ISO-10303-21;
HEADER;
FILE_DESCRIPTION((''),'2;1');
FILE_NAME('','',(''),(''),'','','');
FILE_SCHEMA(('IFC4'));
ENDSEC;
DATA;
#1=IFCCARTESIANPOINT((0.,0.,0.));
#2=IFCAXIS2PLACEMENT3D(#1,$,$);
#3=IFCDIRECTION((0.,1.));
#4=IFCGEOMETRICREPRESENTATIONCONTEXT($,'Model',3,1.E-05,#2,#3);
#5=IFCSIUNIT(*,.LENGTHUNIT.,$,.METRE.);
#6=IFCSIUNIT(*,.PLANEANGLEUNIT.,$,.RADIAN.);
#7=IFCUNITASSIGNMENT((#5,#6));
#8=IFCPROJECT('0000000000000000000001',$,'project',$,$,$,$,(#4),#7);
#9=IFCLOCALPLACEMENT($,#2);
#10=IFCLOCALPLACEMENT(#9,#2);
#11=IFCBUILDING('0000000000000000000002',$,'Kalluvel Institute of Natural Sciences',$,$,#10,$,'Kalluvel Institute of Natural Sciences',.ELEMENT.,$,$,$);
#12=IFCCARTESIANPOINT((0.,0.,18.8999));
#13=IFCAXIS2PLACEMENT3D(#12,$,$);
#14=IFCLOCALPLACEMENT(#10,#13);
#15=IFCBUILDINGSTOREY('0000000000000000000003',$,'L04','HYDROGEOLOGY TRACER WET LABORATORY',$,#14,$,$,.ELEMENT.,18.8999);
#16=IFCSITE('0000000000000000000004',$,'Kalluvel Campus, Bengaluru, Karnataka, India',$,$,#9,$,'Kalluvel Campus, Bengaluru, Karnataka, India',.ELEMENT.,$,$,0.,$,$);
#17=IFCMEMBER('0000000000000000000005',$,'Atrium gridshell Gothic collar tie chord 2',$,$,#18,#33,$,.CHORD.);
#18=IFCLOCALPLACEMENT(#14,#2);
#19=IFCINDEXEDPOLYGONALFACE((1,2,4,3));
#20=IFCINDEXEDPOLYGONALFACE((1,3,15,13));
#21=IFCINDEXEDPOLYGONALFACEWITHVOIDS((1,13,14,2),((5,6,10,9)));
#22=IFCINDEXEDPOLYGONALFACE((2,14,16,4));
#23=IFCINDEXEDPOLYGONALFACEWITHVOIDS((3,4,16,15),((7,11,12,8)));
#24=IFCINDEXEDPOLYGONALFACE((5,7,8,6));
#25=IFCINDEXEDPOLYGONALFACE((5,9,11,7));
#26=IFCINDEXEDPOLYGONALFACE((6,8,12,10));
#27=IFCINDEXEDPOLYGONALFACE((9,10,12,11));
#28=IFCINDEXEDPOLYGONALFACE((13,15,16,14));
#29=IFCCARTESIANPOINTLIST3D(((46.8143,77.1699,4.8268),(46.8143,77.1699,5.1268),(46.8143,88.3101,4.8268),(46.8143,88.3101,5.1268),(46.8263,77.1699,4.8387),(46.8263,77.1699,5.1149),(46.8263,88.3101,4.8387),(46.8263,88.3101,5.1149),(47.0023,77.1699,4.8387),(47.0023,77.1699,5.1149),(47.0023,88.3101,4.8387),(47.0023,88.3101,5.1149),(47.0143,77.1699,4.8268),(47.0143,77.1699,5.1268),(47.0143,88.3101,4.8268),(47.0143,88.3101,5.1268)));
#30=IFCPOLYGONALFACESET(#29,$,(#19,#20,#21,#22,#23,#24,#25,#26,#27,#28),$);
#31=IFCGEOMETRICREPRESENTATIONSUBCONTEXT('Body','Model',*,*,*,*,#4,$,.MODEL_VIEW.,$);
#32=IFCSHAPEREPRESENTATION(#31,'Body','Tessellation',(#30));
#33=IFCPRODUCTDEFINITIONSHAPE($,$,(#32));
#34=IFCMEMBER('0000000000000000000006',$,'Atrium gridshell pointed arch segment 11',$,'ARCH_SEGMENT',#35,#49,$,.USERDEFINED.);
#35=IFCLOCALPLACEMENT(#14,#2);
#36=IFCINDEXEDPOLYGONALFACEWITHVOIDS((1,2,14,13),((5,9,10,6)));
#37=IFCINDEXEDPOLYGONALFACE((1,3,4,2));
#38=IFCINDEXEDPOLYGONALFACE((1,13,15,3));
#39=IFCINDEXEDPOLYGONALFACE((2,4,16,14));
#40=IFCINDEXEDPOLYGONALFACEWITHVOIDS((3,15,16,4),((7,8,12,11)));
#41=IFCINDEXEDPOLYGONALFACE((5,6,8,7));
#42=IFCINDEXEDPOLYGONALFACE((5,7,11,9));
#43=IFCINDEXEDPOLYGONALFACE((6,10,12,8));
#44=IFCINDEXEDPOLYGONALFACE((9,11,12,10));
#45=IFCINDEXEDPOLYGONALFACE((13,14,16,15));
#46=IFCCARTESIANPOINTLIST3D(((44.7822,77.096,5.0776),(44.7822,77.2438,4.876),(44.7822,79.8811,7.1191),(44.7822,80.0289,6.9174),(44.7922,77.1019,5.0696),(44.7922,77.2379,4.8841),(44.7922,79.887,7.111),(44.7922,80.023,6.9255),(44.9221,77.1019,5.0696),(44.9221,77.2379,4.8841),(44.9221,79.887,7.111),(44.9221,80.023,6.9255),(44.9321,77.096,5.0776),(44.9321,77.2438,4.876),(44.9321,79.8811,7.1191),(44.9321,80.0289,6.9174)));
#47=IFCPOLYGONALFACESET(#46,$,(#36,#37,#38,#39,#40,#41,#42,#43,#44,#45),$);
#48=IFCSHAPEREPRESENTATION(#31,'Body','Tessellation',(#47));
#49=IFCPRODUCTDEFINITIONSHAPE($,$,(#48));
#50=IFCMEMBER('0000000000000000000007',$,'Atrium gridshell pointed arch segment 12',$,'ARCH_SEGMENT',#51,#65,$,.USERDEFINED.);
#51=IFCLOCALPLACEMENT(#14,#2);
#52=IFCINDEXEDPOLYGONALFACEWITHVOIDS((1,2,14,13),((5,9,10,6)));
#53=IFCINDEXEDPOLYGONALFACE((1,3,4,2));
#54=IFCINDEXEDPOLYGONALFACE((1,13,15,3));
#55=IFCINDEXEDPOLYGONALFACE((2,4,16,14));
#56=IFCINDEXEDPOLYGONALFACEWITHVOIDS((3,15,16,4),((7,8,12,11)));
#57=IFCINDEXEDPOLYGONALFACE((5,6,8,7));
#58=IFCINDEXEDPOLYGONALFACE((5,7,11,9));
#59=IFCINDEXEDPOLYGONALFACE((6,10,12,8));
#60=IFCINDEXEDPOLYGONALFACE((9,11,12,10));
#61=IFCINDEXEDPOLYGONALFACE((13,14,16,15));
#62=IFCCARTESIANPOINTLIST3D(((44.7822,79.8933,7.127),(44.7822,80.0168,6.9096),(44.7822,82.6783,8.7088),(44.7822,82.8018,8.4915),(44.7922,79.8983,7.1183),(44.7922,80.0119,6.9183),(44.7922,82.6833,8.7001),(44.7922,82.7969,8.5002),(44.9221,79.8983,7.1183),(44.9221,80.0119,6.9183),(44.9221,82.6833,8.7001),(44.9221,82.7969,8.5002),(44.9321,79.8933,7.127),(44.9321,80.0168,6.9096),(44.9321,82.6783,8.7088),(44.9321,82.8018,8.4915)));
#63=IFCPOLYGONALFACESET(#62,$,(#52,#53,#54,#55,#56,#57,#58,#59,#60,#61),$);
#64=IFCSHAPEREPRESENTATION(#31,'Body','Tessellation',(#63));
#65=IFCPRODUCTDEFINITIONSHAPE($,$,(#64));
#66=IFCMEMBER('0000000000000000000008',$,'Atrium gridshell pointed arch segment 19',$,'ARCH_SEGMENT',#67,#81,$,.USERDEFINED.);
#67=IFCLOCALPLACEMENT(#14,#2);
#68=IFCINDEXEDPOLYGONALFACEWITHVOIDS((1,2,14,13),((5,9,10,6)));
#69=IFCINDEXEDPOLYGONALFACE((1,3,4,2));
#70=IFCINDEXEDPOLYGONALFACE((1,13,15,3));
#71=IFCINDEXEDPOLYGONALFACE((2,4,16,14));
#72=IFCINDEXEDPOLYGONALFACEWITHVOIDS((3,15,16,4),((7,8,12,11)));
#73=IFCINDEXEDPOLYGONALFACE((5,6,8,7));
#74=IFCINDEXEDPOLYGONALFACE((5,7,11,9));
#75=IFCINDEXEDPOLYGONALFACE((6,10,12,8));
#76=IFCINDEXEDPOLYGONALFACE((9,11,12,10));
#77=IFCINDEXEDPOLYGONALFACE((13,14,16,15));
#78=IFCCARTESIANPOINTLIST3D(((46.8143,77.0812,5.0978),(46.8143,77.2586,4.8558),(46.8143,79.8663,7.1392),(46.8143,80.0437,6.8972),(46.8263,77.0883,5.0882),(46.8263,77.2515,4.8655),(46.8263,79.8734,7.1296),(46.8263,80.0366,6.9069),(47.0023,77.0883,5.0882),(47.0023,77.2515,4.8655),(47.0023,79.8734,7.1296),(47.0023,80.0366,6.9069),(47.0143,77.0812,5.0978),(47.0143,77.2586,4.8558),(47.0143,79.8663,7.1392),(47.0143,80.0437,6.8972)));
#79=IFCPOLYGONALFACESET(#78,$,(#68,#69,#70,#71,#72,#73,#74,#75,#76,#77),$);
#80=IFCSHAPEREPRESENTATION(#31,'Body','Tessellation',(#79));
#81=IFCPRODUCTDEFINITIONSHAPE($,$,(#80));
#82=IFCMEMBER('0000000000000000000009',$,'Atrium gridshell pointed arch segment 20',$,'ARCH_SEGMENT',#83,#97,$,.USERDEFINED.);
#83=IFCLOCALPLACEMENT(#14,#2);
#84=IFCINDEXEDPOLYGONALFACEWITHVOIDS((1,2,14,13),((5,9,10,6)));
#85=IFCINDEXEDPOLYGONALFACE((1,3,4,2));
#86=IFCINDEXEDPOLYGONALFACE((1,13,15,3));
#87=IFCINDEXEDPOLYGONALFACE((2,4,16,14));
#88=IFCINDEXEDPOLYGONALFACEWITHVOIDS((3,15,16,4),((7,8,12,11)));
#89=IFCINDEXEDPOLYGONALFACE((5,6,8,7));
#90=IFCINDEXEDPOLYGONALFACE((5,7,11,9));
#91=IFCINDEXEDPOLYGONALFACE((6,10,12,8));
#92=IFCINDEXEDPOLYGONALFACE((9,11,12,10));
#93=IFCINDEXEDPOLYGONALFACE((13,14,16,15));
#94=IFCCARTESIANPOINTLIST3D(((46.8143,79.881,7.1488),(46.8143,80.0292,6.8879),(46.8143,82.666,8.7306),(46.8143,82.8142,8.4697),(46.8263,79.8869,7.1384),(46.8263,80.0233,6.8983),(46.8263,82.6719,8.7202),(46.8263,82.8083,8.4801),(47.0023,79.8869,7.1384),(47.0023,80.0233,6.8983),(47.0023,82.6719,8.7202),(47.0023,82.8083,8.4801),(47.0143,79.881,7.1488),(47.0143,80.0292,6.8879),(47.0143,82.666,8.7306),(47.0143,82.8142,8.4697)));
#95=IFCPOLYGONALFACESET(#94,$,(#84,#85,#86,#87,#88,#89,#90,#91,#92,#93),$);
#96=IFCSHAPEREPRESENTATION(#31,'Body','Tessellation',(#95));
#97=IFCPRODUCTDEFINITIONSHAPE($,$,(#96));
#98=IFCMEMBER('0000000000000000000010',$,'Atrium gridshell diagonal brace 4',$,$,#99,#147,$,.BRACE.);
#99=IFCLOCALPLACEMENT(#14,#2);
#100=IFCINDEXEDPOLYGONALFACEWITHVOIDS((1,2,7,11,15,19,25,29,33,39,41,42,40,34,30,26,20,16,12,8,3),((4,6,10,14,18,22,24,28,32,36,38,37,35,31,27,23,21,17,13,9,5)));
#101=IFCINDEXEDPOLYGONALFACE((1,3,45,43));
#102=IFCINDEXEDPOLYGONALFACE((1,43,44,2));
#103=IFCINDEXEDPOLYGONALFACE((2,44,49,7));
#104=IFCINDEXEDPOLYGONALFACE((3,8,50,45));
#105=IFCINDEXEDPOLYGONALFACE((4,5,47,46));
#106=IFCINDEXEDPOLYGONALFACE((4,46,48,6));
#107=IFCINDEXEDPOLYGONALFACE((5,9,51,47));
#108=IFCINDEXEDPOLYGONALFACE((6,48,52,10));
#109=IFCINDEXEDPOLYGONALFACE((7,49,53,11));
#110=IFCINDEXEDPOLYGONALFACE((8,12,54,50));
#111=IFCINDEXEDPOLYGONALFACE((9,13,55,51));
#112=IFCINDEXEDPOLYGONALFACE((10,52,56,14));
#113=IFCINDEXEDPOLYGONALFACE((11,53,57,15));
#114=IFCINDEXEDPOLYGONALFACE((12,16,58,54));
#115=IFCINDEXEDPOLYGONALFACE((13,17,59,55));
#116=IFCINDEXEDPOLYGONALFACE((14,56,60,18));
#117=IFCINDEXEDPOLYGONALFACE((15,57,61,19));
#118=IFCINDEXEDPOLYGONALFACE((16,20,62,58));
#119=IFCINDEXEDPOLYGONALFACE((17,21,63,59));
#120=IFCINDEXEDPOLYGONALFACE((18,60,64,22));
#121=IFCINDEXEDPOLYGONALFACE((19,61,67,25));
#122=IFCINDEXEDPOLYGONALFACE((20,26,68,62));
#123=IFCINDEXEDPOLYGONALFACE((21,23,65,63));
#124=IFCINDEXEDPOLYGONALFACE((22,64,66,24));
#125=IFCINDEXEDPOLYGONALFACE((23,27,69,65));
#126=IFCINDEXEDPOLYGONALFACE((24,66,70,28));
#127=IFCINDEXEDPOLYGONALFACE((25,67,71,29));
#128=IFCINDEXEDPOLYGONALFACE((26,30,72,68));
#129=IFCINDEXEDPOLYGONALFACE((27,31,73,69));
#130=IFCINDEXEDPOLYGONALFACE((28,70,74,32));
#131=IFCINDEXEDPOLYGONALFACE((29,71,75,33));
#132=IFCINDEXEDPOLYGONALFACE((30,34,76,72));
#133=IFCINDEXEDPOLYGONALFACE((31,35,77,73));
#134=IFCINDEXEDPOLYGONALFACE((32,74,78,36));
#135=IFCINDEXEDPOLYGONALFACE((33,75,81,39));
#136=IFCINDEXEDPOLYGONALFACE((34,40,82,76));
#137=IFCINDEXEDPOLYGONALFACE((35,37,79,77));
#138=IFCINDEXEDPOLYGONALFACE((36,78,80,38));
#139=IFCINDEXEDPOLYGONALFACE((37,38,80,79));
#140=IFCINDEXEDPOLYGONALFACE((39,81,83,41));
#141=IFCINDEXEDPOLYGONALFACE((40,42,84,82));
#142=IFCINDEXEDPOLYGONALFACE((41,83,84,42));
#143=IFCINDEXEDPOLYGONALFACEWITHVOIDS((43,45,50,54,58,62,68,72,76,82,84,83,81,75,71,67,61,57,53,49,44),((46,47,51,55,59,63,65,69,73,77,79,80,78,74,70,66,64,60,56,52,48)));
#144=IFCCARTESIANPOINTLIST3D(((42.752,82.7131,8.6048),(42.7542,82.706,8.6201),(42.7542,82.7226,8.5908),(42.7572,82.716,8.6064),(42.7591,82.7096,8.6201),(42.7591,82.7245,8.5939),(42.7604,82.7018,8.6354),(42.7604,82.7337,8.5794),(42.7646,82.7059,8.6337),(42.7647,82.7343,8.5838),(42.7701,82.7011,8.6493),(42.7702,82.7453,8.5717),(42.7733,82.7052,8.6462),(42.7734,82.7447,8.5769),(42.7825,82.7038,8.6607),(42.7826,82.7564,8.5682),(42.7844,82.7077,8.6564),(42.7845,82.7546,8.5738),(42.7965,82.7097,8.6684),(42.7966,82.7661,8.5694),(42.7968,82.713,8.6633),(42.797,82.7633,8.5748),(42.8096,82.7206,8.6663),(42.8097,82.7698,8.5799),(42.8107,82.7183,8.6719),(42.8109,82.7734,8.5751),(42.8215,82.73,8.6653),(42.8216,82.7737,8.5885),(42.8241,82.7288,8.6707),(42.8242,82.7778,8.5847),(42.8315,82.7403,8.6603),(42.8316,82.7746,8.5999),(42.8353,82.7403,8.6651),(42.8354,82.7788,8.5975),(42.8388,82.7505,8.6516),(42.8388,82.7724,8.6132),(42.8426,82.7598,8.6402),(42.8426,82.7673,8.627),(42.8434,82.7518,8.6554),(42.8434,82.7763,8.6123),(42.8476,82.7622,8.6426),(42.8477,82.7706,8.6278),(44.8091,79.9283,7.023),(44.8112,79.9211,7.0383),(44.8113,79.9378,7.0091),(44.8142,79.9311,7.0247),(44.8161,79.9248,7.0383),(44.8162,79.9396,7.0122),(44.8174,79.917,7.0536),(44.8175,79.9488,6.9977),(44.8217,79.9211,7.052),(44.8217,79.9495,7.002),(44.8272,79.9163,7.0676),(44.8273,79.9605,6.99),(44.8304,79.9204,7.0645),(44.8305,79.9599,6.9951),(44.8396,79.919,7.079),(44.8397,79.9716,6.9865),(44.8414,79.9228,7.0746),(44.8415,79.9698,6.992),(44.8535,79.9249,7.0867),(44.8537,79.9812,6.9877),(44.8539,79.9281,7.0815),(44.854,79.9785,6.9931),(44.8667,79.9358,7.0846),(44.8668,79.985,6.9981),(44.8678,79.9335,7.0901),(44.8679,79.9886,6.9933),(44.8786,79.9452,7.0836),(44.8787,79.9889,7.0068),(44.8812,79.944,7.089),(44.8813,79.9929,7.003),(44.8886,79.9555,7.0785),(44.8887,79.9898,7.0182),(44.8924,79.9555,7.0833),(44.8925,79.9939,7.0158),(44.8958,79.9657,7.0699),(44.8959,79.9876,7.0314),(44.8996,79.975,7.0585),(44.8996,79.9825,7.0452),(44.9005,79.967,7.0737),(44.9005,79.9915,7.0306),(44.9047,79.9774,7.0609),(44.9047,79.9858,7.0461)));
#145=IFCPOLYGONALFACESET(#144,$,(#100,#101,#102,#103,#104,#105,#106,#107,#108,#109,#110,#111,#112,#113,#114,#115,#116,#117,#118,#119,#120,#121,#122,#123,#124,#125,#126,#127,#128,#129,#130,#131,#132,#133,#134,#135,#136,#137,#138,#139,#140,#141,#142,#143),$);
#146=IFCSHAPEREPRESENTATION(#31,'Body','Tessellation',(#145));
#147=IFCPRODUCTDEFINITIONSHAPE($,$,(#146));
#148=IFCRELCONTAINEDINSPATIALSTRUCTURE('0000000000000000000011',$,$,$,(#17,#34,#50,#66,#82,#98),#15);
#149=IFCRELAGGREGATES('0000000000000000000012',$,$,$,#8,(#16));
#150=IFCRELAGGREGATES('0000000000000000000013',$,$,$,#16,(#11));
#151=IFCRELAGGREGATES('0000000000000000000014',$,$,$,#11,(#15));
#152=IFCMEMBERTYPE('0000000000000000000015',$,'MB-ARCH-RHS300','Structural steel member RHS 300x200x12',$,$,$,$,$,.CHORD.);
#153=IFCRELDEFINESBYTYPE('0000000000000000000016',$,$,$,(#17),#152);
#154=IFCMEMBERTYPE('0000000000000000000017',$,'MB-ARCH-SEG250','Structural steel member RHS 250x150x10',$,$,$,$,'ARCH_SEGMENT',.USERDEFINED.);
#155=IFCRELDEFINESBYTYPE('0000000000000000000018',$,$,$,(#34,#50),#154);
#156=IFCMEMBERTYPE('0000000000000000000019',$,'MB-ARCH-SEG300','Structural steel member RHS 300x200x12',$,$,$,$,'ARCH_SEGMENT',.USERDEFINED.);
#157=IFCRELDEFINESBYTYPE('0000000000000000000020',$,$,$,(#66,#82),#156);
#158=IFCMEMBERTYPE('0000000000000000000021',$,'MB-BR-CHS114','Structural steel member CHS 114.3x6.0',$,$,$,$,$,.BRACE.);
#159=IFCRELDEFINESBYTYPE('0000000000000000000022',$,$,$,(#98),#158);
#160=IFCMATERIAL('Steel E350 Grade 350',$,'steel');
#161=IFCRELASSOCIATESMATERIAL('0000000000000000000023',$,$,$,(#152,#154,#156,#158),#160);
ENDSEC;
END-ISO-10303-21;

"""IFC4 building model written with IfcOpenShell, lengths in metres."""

from ifc_helpers import new_model, si_unit, direction, frame, origin, origin_2d, place, context, subcontext, project, spatial, hollow_rectangle, hollow_circle, extrude, material, material_profile, profile_set, type_object, element, save


model = new_model("IFC4")

# Units and contexts
model_context = context("Model", 3, precision=1e-05, world=origin(), true_north=direction((0.0, 1.0)))
body_context = subcontext(model_context, "Body", "Model", "MODEL_VIEW")
ifc_project = project(units=[si_unit("LENGTHUNIT", "METRE"), si_unit("PLANEANGLEUNIT", "RADIAN")], contexts=[model_context])

# Site, building, storey
site_placement = place(None, origin())
site = spatial("IfcSite", under=ifc_project, at=site_placement, Name="Kalluvel Campus, Bengaluru, Karnataka, India", LongName="Kalluvel Campus, Bengaluru, Karnataka, India", CompositionType="ELEMENT", RefElevation=0.0)
building_placement = place(site_placement, origin())
building = spatial("IfcBuilding", under=site, at=building_placement, Name="Kalluvel Institute of Natural Sciences", LongName="Kalluvel Institute of Natural Sciences", CompositionType="ELEMENT")
storey_placement = place(building_placement, frame((0.0, 0.0, 18.8999)))
storey = spatial("IfcBuildingStorey", under=building, at=storey_placement, Name="L04", Description="HYDROGEOLOGY TRACER WET LABORATORY", CompositionType="ELEMENT", Elevation=18.8999)

# Members
ifc_material_1 = material(Name="Steel E350 Grade 350", Category="steel")
ifc_material_profile_1 = material_profile(ifc_material_1, hollow_rectangle(XDim=0.2, YDim=0.3, WallThickness=0.012, at=origin_2d()), Name="RHS 300x200x12")
ifc_profile_set_1 = profile_set([ifc_material_profile_1], Name="Steel E350 Grade 350")
member_type_1 = type_object("IfcMemberType", Name="MB-ARCH-RHS300", Description="Structural steel member RHS 300x200x12", PredefinedType="CHORD", material=ifc_profile_set_1)
member_1_placement = place(storey_placement, frame((46.9143, 77.1699, 4.9768), z_axis=(0.0, 1.0, 0.0), x_axis=(-1.0, 0.0, 0.0)))
element("IfcMember", 1, at=member_1_placement, inside=storey, type_object=member_type_1, Name="Atrium gridshell Gothic collar tie chord 2", PredefinedType="CHORD", context=body_context, shape_type="SweptSolid", body=[
    extrude(hollow_rectangle(XDim=0.2, YDim=0.3, WallThickness=0.012, at=origin_2d()), origin(), (0.0, 0.0, 1.0), 11.1401),
])
ifc_material_profile_2 = material_profile(ifc_material_1, hollow_rectangle(XDim=0.1499, YDim=0.25, WallThickness=0.01, at=origin_2d()), Name="RHS 250x150x10")
ifc_profile_set_2 = profile_set([ifc_material_profile_2], Name="Steel E350 Grade 350")
member_type_2 = type_object("IfcMemberType", Name="MB-ARCH-SEG250", Description="Structural steel member RHS 250x150x10", ElementType="ARCH_SEGMENT", PredefinedType="USERDEFINED", material=ifc_profile_set_2)
member_2_placement = place(storey_placement, frame((44.8572, 77.1699, 4.9768), z_axis=(0.0, 0.806535, 0.591186), x_axis=(-1.0, 0.0, 0.0)))
element("IfcMember", 2, at=member_2_placement, inside=storey, type_object=member_type_2, Name="Atrium gridshell pointed arch segment 11", ObjectType="ARCH_SEGMENT", PredefinedType="USERDEFINED", context=body_context, shape_type="SweptSolid", body=[
    extrude(hollow_rectangle(XDim=0.1499, YDim=0.25, WallThickness=0.01, at=origin_2d()), origin(), (0.0, 0.0, 1.0), 3.4531),
])
member_3_placement = place(storey_placement, frame((44.8572, 79.9551, 7.0183), z_axis=(0.0, 0.86953, 0.49388), x_axis=(-1.0, 0.0, 0.0)))
element("IfcMember", 3, at=member_3_placement, inside=storey, type_object=member_type_2, Name="Atrium gridshell pointed arch segment 12", ObjectType="ARCH_SEGMENT", PredefinedType="USERDEFINED", context=body_context, shape_type="SweptSolid", body=[
    extrude(hollow_rectangle(XDim=0.1499, YDim=0.25, WallThickness=0.01, at=origin_2d()), origin(), (0.0, 0.0, 1.0), 3.2029),
])
ifc_material_profile_3 = material_profile(ifc_material_1, hollow_rectangle(XDim=0.2, YDim=0.3, WallThickness=0.012, at=origin_2d()), Name="RHS 300x200x12")
ifc_profile_set_3 = profile_set([ifc_material_profile_3], Name="Steel E350 Grade 350")
member_type_3 = type_object("IfcMemberType", Name="MB-ARCH-SEG300", Description="Structural steel member RHS 300x200x12", ElementType="ARCH_SEGMENT", PredefinedType="USERDEFINED", material=ifc_profile_set_3)
member_4_placement = place(storey_placement, frame((46.9143, 77.1699, 4.9768), z_axis=(0.0, 0.806535, 0.591186), x_axis=(-1.0, 0.0, 0.0)))
element("IfcMember", 4, at=member_4_placement, inside=storey, type_object=member_type_3, Name="Atrium gridshell pointed arch segment 19", ObjectType="ARCH_SEGMENT", PredefinedType="USERDEFINED", context=body_context, shape_type="SweptSolid", body=[
    extrude(hollow_rectangle(XDim=0.2, YDim=0.3, WallThickness=0.012, at=origin_2d()), origin(), (0.0, 0.0, 1.0), 3.4531),
])
member_5_placement = place(storey_placement, frame((46.9143, 79.9551, 7.0183), z_axis=(0.0, 0.86953, 0.49388), x_axis=(-1.0, 0.0, 0.0)))
element("IfcMember", 5, at=member_5_placement, inside=storey, type_object=member_type_3, Name="Atrium gridshell pointed arch segment 20", ObjectType="ARCH_SEGMENT", PredefinedType="USERDEFINED", context=body_context, shape_type="SweptSolid", body=[
    extrude(hollow_rectangle(XDim=0.2, YDim=0.3, WallThickness=0.012, at=origin_2d()), origin(), (0.0, 0.0, 1.0), 3.2029),
])
ifc_material_profile_4 = material_profile(ifc_material_1, hollow_circle(Radius=0.0571, WallThickness=0.0061, at=origin_2d()), Name="CHS 114.3x6.0")
ifc_profile_set_4 = profile_set([ifc_material_profile_4], Name="Steel E350 Grade 350")
member_type_4 = type_object("IfcMemberType", Name="MB-BR-CHS114", Description="Structural steel member CHS 114.3x6.0", PredefinedType="BRACE", material=ifc_profile_set_4)
member_6_placement = place(storey_placement, frame((44.8572, 79.9551, 7.0383), z_axis=(-0.540423, 0.731617, 0.415547), x_axis=(-0.804353, -0.594151, 0.0)))
element("IfcMember", 6, at=member_6_placement, inside=storey, type_object=member_type_4, Name="Atrium gridshell diagonal brace 4", PredefinedType="BRACE", context=body_context, shape_type="SweptSolid", body=[
    extrude(hollow_circle(Radius=0.0571, WallThickness=0.0061, at=origin_2d()), origin(), (0.0, 0.0, 1.0), 3.8064),
])

save(model, "model.ifc")
